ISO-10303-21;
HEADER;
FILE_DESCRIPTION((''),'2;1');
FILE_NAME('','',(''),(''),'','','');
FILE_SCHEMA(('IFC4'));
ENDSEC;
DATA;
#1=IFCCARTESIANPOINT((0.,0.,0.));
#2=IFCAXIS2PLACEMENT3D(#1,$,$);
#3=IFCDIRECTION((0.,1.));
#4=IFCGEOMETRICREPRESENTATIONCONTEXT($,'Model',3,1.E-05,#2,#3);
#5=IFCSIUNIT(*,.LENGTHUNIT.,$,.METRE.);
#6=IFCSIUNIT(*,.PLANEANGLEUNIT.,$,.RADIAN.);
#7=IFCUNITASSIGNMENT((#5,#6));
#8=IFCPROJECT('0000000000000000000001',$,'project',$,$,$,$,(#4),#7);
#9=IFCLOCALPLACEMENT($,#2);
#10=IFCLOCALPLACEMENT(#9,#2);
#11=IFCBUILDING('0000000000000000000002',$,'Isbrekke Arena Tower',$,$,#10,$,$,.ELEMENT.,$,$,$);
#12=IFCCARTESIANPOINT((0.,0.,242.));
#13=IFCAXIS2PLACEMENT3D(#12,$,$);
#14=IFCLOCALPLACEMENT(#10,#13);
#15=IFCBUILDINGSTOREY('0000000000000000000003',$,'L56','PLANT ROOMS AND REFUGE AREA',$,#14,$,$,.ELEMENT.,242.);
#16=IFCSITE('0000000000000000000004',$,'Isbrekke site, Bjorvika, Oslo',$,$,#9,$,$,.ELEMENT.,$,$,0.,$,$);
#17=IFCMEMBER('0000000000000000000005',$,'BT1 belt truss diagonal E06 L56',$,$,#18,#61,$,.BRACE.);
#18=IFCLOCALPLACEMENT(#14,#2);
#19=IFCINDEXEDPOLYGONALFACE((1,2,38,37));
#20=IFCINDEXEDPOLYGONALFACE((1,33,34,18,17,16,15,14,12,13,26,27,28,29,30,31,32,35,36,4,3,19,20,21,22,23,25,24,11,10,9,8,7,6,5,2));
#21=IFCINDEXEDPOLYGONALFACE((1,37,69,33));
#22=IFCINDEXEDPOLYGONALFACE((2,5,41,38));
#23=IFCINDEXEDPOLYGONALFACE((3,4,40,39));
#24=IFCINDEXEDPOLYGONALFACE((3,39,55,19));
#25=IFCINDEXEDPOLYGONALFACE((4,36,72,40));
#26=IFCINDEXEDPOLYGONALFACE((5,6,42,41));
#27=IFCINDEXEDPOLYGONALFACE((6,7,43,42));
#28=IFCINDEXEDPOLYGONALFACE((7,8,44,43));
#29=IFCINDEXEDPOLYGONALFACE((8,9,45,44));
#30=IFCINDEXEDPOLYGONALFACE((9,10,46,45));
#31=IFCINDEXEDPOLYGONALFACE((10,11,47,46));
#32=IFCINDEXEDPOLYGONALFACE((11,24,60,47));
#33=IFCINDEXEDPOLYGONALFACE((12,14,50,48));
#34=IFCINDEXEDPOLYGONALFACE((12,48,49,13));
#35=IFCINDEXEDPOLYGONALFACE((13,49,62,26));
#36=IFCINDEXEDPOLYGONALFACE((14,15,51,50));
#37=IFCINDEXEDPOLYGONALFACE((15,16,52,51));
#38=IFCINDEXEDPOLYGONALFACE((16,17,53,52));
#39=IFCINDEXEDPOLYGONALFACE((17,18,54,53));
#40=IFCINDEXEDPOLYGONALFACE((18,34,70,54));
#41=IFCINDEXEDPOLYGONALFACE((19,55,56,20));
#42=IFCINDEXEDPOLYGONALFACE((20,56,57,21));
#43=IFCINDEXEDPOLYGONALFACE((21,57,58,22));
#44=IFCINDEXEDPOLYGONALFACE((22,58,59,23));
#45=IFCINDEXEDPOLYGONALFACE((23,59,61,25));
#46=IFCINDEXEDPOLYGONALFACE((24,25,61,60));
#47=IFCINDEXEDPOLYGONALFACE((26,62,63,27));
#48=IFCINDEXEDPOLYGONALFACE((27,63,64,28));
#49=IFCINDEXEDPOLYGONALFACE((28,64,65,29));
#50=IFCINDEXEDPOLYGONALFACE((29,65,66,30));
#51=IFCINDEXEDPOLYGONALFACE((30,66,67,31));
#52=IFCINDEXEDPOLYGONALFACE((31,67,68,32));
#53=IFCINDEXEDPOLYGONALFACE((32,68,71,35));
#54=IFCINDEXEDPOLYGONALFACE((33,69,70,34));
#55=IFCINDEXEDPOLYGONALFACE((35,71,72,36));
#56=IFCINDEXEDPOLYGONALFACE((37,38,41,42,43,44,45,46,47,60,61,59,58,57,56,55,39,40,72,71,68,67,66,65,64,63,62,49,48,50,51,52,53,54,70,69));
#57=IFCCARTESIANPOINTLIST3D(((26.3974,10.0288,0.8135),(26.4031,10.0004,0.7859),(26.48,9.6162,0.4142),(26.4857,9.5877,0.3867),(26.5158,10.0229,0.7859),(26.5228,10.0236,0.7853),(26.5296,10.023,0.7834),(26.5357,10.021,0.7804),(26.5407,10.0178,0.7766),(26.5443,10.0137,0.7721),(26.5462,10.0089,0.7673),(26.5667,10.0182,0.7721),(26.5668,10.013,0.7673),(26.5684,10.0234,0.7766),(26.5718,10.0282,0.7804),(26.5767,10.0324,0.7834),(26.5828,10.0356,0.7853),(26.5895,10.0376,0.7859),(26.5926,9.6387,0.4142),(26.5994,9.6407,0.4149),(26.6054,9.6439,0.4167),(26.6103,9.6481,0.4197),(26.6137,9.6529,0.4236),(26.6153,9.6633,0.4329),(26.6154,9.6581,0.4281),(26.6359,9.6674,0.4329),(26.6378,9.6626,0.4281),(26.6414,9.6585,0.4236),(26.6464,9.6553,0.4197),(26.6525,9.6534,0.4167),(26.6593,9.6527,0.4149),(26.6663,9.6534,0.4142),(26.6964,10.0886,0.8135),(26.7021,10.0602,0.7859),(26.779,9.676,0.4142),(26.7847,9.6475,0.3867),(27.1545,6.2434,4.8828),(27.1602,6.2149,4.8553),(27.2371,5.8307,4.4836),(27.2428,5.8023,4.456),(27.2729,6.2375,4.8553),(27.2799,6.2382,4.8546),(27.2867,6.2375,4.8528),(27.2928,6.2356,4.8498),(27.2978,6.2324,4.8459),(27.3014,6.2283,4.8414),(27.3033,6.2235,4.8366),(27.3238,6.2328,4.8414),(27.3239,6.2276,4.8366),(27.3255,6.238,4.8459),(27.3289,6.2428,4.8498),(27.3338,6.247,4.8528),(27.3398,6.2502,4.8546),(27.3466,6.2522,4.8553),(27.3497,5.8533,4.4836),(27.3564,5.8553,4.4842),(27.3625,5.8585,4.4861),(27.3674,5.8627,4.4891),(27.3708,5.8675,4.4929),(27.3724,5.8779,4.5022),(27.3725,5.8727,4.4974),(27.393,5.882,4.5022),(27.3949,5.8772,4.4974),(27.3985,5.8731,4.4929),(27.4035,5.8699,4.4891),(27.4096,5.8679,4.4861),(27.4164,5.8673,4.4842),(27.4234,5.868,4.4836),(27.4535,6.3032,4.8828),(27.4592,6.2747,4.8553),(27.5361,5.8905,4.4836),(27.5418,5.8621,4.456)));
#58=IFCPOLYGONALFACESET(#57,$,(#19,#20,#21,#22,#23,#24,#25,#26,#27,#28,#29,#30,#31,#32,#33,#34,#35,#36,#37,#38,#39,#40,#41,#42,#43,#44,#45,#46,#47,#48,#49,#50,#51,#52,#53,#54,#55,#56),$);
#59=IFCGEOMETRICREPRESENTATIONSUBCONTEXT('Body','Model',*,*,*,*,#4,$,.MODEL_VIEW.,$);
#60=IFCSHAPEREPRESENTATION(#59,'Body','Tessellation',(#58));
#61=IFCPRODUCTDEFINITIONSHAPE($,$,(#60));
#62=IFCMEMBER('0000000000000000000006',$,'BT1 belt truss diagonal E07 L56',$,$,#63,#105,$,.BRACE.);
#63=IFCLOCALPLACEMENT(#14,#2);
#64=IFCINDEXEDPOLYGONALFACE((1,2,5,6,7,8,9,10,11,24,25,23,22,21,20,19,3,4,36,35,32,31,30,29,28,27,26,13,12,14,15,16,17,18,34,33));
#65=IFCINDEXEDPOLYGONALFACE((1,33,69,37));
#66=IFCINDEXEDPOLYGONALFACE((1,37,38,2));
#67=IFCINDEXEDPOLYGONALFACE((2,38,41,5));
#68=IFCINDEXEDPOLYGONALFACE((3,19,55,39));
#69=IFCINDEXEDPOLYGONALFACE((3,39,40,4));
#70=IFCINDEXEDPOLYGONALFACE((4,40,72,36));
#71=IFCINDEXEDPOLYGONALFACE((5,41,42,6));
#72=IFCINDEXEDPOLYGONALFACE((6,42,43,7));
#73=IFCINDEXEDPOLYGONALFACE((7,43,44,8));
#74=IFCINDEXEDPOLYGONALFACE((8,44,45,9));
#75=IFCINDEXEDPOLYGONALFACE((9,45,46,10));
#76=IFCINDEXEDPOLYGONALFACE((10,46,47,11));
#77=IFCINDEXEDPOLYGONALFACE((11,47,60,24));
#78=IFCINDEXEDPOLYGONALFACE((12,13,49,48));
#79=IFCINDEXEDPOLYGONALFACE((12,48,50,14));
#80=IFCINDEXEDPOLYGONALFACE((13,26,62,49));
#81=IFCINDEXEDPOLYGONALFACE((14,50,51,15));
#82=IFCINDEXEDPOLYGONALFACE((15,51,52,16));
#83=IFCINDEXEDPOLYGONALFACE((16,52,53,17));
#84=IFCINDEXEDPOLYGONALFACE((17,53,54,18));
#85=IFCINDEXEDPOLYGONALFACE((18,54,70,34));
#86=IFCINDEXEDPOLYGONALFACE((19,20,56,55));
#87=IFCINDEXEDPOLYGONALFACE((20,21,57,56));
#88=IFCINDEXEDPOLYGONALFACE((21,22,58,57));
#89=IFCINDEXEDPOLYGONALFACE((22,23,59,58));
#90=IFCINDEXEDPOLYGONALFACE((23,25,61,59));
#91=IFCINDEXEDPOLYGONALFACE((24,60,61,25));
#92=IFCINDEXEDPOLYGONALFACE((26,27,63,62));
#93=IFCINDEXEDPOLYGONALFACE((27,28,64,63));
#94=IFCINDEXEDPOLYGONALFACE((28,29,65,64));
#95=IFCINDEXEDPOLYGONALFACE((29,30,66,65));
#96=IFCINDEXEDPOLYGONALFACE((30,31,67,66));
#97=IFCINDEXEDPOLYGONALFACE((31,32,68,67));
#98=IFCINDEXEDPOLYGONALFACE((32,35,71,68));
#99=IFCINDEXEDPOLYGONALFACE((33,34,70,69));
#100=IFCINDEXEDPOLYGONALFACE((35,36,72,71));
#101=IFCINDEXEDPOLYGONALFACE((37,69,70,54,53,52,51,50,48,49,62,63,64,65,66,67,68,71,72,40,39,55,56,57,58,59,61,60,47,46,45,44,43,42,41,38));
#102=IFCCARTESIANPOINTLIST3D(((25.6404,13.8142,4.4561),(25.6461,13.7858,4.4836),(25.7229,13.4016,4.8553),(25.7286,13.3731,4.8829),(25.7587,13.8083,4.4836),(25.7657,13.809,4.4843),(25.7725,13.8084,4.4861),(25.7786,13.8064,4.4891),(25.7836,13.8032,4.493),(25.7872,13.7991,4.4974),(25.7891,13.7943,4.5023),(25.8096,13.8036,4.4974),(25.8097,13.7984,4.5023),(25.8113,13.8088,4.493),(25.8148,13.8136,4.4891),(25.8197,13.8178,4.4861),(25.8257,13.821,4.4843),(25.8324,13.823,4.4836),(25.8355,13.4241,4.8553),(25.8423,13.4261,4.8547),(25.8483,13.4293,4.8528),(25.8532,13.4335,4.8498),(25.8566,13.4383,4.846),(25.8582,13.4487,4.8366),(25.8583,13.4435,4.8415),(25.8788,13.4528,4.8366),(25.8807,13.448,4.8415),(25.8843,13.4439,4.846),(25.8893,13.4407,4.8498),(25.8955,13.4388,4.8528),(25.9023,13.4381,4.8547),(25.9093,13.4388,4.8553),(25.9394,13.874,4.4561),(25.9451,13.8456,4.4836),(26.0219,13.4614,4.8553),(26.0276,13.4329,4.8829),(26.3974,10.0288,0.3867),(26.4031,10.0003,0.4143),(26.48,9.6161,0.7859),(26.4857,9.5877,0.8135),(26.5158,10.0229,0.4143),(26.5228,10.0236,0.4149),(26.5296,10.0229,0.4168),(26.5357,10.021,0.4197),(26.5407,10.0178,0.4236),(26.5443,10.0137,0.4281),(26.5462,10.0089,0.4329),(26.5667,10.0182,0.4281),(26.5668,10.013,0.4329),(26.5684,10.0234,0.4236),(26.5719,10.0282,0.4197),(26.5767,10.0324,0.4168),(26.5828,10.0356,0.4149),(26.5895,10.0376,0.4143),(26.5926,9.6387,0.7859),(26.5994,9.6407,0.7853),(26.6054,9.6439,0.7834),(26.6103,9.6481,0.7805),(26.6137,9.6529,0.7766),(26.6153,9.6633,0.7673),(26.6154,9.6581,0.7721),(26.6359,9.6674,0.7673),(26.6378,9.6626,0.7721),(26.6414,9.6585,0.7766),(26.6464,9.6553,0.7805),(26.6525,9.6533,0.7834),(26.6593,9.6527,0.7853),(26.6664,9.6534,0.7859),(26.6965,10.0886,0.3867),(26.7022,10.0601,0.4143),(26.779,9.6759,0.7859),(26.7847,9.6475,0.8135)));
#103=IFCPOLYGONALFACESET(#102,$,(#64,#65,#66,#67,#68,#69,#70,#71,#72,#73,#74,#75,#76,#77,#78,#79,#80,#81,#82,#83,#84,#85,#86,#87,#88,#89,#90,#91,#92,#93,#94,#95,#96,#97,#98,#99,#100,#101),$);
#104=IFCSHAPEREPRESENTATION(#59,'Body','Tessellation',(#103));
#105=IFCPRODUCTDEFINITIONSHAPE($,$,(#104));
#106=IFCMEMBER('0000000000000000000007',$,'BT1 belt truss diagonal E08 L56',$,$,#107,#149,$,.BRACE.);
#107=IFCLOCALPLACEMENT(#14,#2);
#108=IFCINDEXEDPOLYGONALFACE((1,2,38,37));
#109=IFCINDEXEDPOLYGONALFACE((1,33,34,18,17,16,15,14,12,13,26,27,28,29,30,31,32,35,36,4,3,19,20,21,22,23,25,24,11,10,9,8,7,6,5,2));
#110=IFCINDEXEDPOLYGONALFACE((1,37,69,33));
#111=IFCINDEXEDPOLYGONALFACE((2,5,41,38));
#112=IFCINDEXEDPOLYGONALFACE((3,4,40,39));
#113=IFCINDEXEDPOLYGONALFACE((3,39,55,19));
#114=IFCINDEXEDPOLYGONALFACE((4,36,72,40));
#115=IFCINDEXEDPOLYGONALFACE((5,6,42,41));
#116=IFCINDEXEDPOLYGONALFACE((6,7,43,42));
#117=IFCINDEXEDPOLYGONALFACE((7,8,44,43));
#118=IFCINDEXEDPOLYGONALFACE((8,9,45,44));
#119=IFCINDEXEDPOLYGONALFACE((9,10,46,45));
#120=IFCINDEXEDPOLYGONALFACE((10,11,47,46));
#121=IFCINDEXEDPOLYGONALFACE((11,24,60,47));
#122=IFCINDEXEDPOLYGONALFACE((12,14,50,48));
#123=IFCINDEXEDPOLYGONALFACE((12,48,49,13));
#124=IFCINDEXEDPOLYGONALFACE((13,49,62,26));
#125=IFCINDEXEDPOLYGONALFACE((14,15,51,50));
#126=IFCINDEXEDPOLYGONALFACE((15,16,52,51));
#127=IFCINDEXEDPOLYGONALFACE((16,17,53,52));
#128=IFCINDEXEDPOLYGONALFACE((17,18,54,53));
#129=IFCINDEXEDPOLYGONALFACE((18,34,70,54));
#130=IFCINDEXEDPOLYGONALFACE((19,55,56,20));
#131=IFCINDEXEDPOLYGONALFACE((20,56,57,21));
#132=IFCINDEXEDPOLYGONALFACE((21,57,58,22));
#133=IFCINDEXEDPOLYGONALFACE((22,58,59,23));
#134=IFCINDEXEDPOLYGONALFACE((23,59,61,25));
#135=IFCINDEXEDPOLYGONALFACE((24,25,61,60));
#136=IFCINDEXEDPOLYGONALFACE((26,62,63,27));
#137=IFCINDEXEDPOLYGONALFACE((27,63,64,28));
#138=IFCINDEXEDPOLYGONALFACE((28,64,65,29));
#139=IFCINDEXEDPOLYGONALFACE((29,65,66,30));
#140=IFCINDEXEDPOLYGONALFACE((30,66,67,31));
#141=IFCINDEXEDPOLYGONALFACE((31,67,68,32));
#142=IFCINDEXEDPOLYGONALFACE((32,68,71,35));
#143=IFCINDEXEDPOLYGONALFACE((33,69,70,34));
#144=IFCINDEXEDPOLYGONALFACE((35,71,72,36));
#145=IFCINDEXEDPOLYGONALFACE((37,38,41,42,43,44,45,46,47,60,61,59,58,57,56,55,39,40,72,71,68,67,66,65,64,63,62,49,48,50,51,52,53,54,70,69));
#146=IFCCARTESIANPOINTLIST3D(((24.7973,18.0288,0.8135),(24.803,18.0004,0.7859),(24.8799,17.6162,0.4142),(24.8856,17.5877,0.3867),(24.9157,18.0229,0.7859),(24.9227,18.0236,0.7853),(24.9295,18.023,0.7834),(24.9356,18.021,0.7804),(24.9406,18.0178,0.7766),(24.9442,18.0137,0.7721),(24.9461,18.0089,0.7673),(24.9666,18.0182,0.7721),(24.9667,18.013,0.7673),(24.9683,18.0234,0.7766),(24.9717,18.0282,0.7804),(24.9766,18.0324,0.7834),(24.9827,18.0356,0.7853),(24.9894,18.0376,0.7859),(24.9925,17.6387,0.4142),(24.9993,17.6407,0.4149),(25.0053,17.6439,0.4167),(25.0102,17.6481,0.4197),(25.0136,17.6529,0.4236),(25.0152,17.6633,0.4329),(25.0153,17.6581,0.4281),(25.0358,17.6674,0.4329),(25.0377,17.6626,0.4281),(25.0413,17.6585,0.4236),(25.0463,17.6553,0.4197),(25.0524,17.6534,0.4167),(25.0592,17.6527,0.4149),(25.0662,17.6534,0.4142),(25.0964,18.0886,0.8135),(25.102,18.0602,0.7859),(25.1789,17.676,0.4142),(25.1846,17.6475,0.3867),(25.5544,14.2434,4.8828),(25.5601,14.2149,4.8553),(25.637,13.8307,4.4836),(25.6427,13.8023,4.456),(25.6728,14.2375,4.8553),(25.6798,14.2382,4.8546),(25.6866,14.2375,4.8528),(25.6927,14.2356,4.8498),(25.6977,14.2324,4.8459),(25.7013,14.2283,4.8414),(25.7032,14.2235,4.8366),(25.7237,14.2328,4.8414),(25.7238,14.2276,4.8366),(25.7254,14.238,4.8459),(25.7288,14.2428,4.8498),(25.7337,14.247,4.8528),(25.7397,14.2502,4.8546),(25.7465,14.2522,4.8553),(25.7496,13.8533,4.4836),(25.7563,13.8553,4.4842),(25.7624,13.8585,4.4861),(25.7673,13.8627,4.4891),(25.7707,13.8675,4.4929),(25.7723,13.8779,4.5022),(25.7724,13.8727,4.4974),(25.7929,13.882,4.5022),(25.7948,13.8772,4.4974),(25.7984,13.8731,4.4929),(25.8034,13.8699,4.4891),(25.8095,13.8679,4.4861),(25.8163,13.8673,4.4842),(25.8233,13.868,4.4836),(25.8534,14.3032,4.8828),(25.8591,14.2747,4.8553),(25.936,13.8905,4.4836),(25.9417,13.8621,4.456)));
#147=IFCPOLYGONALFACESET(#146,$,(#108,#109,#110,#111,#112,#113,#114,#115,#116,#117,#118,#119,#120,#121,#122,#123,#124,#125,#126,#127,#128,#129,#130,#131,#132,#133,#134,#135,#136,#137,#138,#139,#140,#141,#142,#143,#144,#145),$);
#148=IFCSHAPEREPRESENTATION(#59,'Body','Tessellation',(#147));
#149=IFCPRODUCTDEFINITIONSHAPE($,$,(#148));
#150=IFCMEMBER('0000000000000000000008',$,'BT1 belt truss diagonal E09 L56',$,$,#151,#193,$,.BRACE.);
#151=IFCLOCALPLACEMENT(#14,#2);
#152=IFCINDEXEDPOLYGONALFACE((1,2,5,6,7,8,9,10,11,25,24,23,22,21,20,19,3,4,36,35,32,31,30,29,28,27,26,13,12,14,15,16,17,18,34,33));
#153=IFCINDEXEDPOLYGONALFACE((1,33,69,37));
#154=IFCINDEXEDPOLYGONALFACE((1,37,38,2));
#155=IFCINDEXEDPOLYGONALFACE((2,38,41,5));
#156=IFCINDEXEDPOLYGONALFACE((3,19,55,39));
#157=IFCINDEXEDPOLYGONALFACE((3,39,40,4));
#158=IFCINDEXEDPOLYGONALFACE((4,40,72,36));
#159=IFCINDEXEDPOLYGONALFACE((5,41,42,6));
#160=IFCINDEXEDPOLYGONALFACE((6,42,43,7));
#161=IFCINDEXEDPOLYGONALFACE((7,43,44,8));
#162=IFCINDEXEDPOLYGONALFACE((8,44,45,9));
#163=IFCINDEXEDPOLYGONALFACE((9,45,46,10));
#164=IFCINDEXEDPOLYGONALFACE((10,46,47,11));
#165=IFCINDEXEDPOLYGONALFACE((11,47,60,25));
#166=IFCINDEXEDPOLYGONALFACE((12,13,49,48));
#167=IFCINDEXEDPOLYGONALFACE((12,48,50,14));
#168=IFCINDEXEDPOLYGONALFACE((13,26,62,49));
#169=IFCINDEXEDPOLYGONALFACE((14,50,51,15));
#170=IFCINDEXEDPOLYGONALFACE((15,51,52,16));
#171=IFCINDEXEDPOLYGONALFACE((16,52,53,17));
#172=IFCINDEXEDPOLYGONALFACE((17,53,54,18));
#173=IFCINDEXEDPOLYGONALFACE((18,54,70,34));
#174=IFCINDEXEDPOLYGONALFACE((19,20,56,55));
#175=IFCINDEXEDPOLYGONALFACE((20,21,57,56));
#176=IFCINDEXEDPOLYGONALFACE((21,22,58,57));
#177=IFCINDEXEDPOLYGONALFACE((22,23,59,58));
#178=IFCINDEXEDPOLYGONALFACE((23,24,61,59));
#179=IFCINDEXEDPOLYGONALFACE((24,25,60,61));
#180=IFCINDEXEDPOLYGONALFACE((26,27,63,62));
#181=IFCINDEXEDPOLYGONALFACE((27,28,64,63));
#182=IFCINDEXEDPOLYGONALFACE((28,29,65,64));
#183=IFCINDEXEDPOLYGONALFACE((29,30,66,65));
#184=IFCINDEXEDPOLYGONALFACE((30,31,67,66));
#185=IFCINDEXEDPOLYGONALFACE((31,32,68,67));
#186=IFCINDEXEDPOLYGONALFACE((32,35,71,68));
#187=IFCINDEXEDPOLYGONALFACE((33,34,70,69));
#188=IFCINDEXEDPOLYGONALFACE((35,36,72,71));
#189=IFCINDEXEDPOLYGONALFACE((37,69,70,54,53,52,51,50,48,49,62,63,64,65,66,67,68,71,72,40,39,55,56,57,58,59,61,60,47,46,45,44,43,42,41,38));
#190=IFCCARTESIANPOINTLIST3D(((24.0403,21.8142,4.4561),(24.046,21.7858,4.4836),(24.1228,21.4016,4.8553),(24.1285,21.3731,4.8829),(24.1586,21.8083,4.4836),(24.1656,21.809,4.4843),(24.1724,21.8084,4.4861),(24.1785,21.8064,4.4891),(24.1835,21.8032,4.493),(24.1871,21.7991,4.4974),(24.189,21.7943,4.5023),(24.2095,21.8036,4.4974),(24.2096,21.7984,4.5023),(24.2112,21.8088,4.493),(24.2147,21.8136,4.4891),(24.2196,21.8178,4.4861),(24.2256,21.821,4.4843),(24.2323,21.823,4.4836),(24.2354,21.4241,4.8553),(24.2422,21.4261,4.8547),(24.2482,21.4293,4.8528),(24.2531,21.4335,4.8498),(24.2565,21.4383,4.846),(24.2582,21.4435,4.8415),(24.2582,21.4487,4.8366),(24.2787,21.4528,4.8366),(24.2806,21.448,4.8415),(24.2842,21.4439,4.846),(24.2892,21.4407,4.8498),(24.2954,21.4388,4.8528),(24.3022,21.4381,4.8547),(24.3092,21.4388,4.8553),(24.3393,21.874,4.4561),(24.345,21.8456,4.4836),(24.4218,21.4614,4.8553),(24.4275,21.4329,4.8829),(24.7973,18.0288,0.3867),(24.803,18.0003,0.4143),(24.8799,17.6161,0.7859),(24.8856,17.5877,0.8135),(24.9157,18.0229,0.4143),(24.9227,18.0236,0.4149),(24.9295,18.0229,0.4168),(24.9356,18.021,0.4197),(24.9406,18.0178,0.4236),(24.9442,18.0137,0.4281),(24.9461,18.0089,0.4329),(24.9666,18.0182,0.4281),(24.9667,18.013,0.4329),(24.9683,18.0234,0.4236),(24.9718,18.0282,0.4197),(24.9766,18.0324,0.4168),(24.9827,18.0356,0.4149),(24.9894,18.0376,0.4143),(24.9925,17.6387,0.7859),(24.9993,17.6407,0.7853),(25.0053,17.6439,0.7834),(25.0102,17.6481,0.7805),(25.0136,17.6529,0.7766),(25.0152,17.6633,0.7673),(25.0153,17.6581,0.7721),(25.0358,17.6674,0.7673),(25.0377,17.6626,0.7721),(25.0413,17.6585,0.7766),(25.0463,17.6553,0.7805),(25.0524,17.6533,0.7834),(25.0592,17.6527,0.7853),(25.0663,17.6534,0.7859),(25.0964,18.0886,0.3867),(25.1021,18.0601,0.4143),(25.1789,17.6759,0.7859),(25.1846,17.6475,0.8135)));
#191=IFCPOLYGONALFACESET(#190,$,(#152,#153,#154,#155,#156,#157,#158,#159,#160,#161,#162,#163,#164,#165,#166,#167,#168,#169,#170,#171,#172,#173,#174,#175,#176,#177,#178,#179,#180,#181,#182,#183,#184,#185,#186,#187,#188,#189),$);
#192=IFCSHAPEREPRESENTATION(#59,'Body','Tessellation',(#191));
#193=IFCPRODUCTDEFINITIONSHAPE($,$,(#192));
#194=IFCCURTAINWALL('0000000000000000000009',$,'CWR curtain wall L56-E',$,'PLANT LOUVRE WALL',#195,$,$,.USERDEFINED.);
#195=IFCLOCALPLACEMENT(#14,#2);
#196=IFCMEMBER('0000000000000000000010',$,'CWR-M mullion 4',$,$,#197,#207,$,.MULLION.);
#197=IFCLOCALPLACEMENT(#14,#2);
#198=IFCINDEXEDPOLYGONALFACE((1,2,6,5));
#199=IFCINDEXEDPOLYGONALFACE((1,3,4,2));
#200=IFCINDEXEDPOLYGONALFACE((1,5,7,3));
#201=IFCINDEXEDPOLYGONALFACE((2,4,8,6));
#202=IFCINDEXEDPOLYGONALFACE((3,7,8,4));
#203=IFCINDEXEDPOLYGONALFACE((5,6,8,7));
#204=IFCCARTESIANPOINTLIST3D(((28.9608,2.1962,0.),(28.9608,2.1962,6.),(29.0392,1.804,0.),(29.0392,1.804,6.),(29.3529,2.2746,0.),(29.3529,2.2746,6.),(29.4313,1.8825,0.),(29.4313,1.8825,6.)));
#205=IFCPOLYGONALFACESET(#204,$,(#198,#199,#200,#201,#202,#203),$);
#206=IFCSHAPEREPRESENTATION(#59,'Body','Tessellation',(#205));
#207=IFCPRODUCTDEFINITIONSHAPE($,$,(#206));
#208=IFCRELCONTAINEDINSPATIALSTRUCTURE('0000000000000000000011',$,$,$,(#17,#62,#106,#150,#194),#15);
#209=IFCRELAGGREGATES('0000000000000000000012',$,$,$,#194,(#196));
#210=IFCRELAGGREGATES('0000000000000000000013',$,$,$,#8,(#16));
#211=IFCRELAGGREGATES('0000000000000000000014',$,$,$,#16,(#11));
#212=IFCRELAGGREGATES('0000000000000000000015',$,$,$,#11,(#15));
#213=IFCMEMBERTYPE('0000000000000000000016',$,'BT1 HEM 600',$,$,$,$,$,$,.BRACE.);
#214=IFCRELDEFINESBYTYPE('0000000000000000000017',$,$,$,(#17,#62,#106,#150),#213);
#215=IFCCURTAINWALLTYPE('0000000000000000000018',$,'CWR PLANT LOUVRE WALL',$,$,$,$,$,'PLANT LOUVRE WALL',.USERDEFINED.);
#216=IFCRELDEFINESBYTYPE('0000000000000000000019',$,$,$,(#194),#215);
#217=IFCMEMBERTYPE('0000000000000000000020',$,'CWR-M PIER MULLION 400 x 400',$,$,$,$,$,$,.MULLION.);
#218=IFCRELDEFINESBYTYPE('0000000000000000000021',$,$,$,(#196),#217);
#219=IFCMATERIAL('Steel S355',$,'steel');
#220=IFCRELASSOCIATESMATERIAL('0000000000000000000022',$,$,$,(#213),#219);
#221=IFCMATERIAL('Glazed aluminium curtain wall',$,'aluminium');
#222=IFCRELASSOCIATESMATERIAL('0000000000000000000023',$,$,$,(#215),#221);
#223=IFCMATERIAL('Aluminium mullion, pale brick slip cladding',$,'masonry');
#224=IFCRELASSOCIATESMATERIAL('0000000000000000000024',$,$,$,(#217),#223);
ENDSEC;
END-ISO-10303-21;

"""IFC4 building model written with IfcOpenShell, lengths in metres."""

from ifc_helpers import new_model, si_unit, direction, frame, origin, origin_2d, place, context, subcontext, project, spatial, rectangle, i_section, extrude, material, material_profile, profile_set, type_object, element, aggregate, save


model = new_model("IFC4")

# Units and contexts
model_context = context("Model", 3, precision=1e-05, world=origin(), true_north=direction((0.0, 1.0)))
body_context = subcontext(model_context, "Body", "Model", "MODEL_VIEW")
ifc_project = project(units=[si_unit("LENGTHUNIT", "METRE"), si_unit("PLANEANGLEUNIT", "RADIAN")], contexts=[model_context])

# Site, building, storey
site_placement = place(None, origin())
site = spatial("IfcSite", under=ifc_project, at=site_placement, Name="Isbrekke site, Bjorvika, Oslo", CompositionType="ELEMENT", RefElevation=0.0)
building_placement = place(site_placement, origin())
building = spatial("IfcBuilding", under=site, at=building_placement, Name="Isbrekke Arena Tower", CompositionType="ELEMENT")
storey_placement = place(building_placement, frame((0.0, 0.0, 242.0)))
storey = spatial("IfcBuildingStorey", under=building, at=storey_placement, Name="L56", Description="PLANT ROOMS AND REFUGE AREA", CompositionType="ELEMENT", Elevation=242.0)

# Members
ifc_material_1 = material(Name="Steel S355", Category="steel")
ifc_material_profile_1 = material_profile(ifc_material_1, i_section(OverallWidth=0.3049, OverallDepth=0.6201, WebThickness=0.021, FlangeThickness=0.04, FilletRadius=0.0271, at=origin_2d()), Name="HEM 600")
ifc_profile_set_1 = profile_set([ifc_material_profile_1], Name="Steel S355")
member_type_1 = type_object("IfcMemberType", Name="BT1 HEM 600", PredefinedType="BRACE", material=ifc_profile_set_1)
for number, where, z_axis, x_axis, name in (
    (1, (27.3481, 6.0527, 4.6694), (-0.134974, 0.674869, -0.725489), (-0.980581, -0.196116, 0.0), "BT1 belt truss diagonal E06 L56"),
    (2, (26.5911, 9.8381, 0.6001), (-0.134974, 0.674869, 0.725489), (-0.980581, -0.196116, 0.0), "BT1 belt truss diagonal E07 L56"),
    (3, (25.748, 14.0527, 4.6694), (-0.134974, 0.674869, -0.725489), (-0.980581, -0.196116, 0.0), "BT1 belt truss diagonal E08 L56"),
    (4, (24.991, 17.8381, 0.6001), (-0.134974, 0.674869, 0.725489), (-0.980581, -0.196116, 0.0), "BT1 belt truss diagonal E09 L56"),
):
    element("IfcMember", number, at=place(storey_placement, frame(where, z_axis=z_axis, x_axis=x_axis)), inside=storey, type_object=member_type_1, Name=name, PredefinedType="BRACE", context=body_context, shape_type="SweptSolid", body=[
        extrude(i_section(OverallWidth=0.3049, OverallDepth=0.6201, WebThickness=0.021, FlangeThickness=0.04, FilletRadius=0.0271, at=origin_2d()), origin(), (0.0, 0.0, 1.0), 5.6091),
    ])

# Curtain wall, member
ifc_material_2 = material(Name="Glazed aluminium curtain wall", Category="aluminium")
curtain_wall_type = type_object("IfcCurtainWallType", Name="CWR PLANT LOUVRE WALL", ElementType="PLANT LOUVRE WALL", PredefinedType="USERDEFINED", material=ifc_material_2)
curtain_wall_placement = place(storey_placement, origin())
curtain_wall = element("IfcCurtainWall", 5, at=curtain_wall_placement, inside=storey, type_object=curtain_wall_type, Name="CWR curtain wall L56-E", ObjectType="PLANT LOUVRE WALL", PredefinedType="USERDEFINED")
ifc_material_3 = material(Name="Aluminium mullion, pale brick slip cladding", Category="masonry")
ifc_material_profile_2 = material_profile(ifc_material_3, rectangle(XDim=0.3999, YDim=0.3999, at=origin_2d()), Name="PIER 400X400")
ifc_profile_set_2 = profile_set([ifc_material_profile_2], Name="Aluminium mullion, pale brick slip cladding")
member_type_2 = type_object("IfcMemberType", Name="CWR-M PIER MULLION 400 x 400", PredefinedType="MULLION", material=ifc_profile_set_2)
member_1_placement = place(storey_placement, frame((29.196, 2.0393, 0.0), z_axis=(0.0, 0.0, 1.0), x_axis=(-0.196116, 0.980581, 0.0)))
member_1 = element("IfcMember", 6, at=member_1_placement, type_object=member_type_2, Name="CWR-M mullion 4", PredefinedType="MULLION", context=body_context, shape_type="SweptSolid", body=[
    extrude(rectangle(XDim=0.3999, YDim=0.3999, at=origin_2d()), origin(), (0.0, 0.0, 1.0), 6.0),
])

aggregate(curtain_wall, [member_1])

save(model, "model.ifc")
